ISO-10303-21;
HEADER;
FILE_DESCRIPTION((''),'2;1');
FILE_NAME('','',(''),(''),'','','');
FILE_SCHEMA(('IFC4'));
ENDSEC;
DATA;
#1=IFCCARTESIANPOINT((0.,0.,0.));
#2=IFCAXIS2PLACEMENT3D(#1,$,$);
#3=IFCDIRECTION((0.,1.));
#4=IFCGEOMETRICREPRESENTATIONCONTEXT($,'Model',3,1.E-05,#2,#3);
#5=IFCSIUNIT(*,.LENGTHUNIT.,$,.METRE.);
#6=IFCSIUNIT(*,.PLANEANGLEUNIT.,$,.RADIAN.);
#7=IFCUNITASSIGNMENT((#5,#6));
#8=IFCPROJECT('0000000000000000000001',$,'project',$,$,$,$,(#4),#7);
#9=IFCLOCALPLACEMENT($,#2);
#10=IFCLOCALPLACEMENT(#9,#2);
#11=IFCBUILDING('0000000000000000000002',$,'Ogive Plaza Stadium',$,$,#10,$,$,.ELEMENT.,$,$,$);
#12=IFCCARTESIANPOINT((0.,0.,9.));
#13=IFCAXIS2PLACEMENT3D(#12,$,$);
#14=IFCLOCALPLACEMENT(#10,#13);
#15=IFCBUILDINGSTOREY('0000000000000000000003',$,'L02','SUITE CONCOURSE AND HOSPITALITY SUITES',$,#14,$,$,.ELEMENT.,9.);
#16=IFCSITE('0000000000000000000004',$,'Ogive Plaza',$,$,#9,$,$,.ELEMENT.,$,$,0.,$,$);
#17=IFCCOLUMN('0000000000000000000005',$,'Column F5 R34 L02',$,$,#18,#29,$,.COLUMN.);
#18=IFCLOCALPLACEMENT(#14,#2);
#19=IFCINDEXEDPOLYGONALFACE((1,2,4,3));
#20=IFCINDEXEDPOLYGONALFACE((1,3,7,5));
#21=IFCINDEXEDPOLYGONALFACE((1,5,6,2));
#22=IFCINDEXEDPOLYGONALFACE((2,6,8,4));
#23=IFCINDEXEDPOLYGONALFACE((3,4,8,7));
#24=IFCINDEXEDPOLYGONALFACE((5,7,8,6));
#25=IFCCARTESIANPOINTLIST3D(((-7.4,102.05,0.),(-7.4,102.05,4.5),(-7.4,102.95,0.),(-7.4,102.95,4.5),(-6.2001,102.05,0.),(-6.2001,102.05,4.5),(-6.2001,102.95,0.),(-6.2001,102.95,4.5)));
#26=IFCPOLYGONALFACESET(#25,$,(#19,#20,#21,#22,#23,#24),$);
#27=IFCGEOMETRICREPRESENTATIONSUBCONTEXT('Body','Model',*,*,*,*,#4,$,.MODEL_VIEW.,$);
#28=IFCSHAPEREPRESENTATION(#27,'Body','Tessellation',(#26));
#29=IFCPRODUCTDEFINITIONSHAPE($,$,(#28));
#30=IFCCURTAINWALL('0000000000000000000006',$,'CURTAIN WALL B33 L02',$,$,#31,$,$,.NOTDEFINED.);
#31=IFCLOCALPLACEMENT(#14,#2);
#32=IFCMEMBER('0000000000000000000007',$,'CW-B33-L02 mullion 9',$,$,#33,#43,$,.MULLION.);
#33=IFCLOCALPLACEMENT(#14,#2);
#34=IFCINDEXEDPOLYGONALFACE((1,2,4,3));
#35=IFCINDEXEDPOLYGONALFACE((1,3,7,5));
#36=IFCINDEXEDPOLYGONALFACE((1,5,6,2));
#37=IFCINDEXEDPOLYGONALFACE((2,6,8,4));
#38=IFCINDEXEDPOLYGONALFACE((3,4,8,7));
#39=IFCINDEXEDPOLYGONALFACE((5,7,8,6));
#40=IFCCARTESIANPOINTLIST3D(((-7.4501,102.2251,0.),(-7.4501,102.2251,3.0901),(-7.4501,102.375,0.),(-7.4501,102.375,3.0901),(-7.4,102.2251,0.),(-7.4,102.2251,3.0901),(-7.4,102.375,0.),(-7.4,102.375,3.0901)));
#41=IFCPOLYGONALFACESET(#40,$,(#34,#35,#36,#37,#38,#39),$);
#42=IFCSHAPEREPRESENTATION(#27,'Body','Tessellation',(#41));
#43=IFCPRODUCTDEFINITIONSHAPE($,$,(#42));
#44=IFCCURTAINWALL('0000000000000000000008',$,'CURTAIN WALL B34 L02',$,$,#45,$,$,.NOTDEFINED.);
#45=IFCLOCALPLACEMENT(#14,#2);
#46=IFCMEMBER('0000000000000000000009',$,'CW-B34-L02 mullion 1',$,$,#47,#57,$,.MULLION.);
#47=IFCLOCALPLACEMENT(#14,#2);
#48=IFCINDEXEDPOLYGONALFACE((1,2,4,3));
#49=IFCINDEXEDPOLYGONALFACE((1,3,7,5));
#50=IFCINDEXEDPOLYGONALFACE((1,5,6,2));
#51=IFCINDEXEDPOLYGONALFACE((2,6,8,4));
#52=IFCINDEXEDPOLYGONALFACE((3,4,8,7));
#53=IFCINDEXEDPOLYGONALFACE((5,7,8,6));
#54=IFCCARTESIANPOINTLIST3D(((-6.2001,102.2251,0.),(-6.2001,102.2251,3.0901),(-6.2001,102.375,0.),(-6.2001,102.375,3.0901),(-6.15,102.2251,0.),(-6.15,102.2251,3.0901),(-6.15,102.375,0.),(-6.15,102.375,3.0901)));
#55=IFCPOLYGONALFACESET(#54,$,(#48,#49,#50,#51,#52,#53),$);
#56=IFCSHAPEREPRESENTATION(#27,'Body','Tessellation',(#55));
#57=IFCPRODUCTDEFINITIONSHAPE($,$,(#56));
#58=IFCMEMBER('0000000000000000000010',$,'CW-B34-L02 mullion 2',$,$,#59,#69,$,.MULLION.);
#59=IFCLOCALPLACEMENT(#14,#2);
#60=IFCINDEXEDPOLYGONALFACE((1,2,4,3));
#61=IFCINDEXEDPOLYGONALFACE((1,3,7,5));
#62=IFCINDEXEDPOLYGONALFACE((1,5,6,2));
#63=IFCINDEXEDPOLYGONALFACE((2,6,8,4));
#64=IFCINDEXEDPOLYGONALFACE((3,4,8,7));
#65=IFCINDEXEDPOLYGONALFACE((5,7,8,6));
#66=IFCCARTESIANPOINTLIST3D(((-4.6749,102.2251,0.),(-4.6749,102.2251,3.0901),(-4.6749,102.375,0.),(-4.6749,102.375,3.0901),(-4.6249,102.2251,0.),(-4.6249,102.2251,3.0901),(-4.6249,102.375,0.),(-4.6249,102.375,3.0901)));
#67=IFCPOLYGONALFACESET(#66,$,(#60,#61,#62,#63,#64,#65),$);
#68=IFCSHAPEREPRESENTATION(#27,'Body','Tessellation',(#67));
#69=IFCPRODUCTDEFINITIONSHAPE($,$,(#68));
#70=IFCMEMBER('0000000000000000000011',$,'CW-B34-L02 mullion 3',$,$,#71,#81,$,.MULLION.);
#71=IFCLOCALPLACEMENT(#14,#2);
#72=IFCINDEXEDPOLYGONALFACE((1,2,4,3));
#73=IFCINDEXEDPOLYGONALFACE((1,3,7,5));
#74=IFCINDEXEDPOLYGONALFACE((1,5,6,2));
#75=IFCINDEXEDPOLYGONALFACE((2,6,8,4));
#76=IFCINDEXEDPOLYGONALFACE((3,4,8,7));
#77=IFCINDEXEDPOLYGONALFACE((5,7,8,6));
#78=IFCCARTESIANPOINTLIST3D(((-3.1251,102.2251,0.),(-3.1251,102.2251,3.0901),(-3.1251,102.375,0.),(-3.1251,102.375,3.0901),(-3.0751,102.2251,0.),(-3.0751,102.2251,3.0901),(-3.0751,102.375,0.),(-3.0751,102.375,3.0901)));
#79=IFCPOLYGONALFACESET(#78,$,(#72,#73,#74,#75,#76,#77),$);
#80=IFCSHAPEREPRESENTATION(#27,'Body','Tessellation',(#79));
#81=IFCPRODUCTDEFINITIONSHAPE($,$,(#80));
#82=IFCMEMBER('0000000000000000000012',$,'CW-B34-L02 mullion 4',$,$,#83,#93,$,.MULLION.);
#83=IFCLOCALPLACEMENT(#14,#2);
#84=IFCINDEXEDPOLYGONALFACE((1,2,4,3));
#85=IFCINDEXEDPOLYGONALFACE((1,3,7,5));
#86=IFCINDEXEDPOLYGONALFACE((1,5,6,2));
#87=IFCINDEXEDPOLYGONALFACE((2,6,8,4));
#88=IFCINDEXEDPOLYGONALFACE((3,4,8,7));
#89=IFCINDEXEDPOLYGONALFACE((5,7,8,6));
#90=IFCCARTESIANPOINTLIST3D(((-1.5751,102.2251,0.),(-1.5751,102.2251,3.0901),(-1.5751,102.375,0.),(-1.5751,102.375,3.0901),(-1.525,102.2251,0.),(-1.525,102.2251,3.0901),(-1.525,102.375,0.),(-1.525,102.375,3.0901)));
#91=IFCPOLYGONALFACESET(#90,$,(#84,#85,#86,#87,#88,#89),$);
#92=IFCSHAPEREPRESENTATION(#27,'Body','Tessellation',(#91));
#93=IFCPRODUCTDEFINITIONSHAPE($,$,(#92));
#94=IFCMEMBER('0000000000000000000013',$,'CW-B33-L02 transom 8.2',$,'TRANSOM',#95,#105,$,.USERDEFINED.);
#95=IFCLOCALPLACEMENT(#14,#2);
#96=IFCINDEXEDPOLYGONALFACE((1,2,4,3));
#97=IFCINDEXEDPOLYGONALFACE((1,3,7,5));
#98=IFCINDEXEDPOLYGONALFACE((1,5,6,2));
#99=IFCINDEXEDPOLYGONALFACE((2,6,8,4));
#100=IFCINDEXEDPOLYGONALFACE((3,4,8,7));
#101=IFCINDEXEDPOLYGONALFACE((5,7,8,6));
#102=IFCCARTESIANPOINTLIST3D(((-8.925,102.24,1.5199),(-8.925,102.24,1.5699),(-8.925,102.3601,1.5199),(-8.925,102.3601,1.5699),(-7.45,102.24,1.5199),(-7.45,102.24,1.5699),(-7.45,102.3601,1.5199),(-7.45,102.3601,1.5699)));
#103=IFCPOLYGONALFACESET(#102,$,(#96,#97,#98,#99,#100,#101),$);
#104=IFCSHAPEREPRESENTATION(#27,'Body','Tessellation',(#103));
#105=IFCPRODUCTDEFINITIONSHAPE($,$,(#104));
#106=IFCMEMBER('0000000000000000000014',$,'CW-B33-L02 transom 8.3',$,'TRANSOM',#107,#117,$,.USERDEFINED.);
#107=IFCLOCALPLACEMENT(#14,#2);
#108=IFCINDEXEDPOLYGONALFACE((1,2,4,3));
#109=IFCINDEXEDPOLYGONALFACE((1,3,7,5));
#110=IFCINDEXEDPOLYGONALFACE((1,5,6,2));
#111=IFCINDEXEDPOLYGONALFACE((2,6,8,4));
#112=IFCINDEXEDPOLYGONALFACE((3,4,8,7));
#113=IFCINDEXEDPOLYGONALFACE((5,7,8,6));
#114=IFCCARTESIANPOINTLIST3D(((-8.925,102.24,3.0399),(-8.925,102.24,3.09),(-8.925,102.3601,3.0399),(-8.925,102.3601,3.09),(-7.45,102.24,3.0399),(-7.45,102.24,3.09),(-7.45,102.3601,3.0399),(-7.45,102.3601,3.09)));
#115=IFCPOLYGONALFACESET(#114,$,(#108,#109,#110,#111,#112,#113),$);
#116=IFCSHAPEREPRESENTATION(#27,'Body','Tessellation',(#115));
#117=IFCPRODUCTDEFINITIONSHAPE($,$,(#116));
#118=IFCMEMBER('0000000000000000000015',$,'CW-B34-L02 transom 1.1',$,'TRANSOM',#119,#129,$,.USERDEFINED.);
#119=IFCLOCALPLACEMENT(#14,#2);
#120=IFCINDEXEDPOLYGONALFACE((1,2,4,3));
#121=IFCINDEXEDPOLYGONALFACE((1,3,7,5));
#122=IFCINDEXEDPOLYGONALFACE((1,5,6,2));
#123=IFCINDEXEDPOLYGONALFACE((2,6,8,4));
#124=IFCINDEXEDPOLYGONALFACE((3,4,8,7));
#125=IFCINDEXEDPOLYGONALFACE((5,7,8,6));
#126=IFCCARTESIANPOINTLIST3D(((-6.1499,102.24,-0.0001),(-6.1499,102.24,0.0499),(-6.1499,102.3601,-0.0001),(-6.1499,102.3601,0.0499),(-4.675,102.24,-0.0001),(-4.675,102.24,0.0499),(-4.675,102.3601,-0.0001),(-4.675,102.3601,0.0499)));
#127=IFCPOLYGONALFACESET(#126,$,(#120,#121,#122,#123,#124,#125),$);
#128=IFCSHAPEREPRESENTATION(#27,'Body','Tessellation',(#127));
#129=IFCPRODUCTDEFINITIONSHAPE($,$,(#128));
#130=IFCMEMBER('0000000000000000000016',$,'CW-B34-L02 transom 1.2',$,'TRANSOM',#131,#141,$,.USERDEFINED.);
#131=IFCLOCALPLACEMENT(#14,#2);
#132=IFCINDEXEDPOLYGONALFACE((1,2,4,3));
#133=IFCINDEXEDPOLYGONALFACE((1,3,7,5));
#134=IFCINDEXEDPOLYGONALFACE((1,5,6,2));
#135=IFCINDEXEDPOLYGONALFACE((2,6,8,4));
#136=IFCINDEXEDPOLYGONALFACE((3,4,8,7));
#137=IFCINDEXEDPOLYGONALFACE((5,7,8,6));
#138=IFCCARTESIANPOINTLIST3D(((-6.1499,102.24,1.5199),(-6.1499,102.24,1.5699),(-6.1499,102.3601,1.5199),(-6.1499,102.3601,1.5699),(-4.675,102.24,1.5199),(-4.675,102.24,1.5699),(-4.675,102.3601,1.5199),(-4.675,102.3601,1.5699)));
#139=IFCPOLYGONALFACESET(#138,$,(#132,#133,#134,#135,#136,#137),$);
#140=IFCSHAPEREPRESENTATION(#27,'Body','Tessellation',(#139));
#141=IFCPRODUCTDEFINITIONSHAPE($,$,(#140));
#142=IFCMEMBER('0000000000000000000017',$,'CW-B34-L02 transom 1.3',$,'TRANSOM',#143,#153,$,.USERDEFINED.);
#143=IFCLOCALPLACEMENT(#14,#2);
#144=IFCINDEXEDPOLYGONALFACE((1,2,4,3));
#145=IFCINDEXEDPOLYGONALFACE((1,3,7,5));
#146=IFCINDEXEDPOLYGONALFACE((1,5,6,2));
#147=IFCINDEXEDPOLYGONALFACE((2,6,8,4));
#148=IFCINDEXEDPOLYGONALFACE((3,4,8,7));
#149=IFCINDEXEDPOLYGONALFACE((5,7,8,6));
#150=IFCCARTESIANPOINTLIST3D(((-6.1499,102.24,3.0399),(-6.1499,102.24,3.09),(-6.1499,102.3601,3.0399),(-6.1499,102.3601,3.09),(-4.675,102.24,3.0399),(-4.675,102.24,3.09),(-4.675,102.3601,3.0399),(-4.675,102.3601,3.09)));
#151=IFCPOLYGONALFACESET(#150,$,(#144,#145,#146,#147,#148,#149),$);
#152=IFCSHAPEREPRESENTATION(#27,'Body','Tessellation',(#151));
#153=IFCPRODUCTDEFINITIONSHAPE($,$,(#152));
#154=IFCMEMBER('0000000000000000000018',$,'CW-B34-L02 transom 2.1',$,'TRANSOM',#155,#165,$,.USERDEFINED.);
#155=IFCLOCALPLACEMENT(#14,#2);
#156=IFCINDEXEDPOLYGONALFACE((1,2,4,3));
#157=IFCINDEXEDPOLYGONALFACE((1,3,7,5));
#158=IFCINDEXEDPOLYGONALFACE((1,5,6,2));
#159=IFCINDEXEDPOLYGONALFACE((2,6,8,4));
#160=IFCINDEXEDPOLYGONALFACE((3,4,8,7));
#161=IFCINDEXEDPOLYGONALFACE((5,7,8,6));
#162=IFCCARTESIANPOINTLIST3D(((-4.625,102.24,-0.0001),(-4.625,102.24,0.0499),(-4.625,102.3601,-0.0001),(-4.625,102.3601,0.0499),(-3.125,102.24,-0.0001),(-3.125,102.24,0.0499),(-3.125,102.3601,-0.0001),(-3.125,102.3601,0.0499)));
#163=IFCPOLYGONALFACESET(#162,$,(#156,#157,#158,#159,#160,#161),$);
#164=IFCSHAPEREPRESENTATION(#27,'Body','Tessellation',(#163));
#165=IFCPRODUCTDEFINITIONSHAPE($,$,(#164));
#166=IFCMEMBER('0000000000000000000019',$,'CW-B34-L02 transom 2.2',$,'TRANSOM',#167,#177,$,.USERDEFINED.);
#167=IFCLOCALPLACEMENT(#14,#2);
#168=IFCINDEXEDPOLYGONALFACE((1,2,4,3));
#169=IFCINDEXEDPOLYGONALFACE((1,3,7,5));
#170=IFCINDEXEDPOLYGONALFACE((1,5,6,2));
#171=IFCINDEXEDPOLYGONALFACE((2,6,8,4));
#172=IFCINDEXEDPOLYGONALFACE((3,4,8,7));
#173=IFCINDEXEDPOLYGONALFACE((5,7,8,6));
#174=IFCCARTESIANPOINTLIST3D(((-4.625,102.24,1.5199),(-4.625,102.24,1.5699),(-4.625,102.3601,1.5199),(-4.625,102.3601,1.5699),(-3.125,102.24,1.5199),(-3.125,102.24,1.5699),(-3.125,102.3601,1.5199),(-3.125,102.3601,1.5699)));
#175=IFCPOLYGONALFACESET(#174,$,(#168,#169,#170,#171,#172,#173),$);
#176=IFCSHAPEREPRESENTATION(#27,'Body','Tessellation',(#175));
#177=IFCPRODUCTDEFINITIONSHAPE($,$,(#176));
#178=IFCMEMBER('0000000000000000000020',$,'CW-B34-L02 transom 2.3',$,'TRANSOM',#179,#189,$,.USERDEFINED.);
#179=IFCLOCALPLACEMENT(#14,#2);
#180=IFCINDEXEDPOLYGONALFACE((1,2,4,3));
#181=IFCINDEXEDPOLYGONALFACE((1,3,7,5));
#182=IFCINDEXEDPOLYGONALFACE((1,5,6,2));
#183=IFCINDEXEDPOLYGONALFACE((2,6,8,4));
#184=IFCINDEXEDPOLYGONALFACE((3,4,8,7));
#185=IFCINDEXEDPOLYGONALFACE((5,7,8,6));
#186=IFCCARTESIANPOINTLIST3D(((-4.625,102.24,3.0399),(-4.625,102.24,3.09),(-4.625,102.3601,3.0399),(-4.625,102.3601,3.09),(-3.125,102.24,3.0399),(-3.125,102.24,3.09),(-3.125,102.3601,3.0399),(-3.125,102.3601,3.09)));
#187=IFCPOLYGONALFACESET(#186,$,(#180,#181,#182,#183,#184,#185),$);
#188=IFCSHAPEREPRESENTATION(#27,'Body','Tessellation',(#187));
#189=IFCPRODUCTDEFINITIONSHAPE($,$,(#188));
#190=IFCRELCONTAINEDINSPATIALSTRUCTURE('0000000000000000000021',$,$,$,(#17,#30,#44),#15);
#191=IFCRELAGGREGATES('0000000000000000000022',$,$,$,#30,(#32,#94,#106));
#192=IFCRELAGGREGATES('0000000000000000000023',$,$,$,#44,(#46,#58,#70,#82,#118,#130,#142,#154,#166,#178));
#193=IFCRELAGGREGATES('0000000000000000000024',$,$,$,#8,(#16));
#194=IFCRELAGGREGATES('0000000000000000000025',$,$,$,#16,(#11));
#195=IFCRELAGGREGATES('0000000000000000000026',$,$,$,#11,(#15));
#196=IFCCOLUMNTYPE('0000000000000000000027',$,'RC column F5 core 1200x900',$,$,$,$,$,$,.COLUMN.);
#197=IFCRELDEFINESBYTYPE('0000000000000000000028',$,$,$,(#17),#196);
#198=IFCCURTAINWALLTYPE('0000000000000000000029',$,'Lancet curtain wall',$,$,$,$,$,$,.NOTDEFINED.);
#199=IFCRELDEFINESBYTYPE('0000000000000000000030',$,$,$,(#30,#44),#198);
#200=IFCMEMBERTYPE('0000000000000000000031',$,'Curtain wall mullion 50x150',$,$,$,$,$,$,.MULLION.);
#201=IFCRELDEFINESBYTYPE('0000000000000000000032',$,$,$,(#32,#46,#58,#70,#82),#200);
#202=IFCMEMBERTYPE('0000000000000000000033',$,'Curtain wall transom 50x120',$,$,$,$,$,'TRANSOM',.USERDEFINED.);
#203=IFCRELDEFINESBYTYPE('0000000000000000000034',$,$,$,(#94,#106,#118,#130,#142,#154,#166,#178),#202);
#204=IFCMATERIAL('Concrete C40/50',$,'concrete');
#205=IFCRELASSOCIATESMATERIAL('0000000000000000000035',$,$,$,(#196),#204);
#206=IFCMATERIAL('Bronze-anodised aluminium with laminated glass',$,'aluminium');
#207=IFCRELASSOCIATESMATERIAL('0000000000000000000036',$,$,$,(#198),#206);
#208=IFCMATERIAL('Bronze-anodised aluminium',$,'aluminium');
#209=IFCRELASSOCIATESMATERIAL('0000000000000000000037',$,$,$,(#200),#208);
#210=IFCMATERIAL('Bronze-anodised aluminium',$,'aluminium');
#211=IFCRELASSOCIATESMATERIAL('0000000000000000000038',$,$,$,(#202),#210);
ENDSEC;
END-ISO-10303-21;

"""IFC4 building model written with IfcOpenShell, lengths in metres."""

from ifc_helpers import new_model, si_unit, direction, frame, origin, origin_2d, place, context, subcontext, project, spatial, rectangle, extrude, material, material_profile, profile_set, type_object, element, aggregate, save


model = new_model("IFC4")

# Units and contexts
model_context = context("Model", 3, precision=1e-05, world=origin(), true_north=direction((0.0, 1.0)))
body_context = subcontext(model_context, "Body", "Model", "MODEL_VIEW")
ifc_project = project(units=[si_unit("LENGTHUNIT", "METRE"), si_unit("PLANEANGLEUNIT", "RADIAN")], contexts=[model_context])

# Site, building, storey
site_placement = place(None, origin())
site = spatial("IfcSite", under=ifc_project, at=site_placement, Name="Ogive Plaza", CompositionType="ELEMENT", RefElevation=0.0)
building_placement = place(site_placement, origin())
building = spatial("IfcBuilding", under=site, at=building_placement, Name="Ogive Plaza Stadium", CompositionType="ELEMENT")
storey_placement = place(building_placement, frame((0.0, 0.0, 9.0)))
storey = spatial("IfcBuildingStorey", under=building, at=storey_placement, Name="L02", Description="SUITE CONCOURSE AND HOSPITALITY SUITES", CompositionType="ELEMENT", Elevation=9.0)

# Column
ifc_material_1 = material(Name="Concrete C40/50", Category="concrete")
ifc_material_profile_1 = material_profile(ifc_material_1, rectangle(XDim=1.2, YDim=0.8999, at=origin_2d()), Name="RC 1200x900")
ifc_profile_set_1 = profile_set([ifc_material_profile_1], Name="Concrete C40/50")
column_type = type_object("IfcColumnType", Name="RC column F5 core 1200x900", PredefinedType="COLUMN", material=ifc_profile_set_1)
column_placement = place(storey_placement, frame((-6.8, 102.5, 0.0), z_axis=(0.0, 0.0, 1.0), x_axis=(-1.0, 0.0, 0.0)))
element("IfcColumn", 1, at=column_placement, inside=storey, type_object=column_type, Name="Column F5 R34 L02", PredefinedType="COLUMN", context=body_context, shape_type="SweptSolid", body=[
    extrude(rectangle(XDim=1.2, YDim=0.8999, at=origin_2d()), origin(), (0.0, 0.0, 1.0), 4.5),
])

# Curtain wall, member
ifc_material_2 = material(Name="Bronze-anodised aluminium with laminated glass", Category="aluminium")
curtain_wall_type = type_object("IfcCurtainWallType", Name="Lancet curtain wall", PredefinedType="NOTDEFINED", material=ifc_material_2)
curtain_wall_1_placement = place(storey_placement, origin())
curtain_wall_1 = element("IfcCurtainWall", 2, at=curtain_wall_1_placement, inside=storey, type_object=curtain_wall_type, Name="CURTAIN WALL B33 L02", PredefinedType="NOTDEFINED")
ifc_material_3 = material(Name="Bronze-anodised aluminium", Category="aluminium")
ifc_material_profile_2 = material_profile(ifc_material_3, rectangle(XDim=0.1499, YDim=0.05, at=origin_2d()), Name="AL 150x50")
ifc_profile_set_2 = profile_set([ifc_material_profile_2], Name="Bronze-anodised aluminium")
member_type_1 = type_object("IfcMemberType", Name="Curtain wall mullion 50x150", PredefinedType="MULLION", material=ifc_profile_set_2)
member_1_placement = place(storey_placement, frame((-7.425, 102.3, 0.0), z_axis=(0.0, 0.0, 1.0), x_axis=(0.0, 1.0, 0.0)))
member_1 = element("IfcMember", 3, at=member_1_placement, type_object=member_type_1, Name="CW-B33-L02 mullion 9", PredefinedType="MULLION", context=body_context, shape_type="SweptSolid", body=[
    extrude(rectangle(XDim=0.1499, YDim=0.05, at=origin_2d()), origin(), (0.0, 0.0, 1.0), 3.0901),
])

# Curtain wall, members
curtain_wall_2_placement = place(storey_placement, origin())
curtain_wall_2 = element("IfcCurtainWall", 4, at=curtain_wall_2_placement, inside=storey, type_object=curtain_wall_type, Name="CURTAIN WALL B34 L02", PredefinedType="NOTDEFINED")
member_2_placement = place(storey_placement, frame((-6.175, 102.3, 0.0), z_axis=(0.0, 0.0, 1.0), x_axis=(0.0, 1.0, 0.0)))
member_2 = element("IfcMember", 5, at=member_2_placement, type_object=member_type_1, Name="CW-B34-L02 mullion 1", PredefinedType="MULLION", context=body_context, shape_type="SweptSolid", body=[
    extrude(rectangle(XDim=0.1499, YDim=0.05, at=origin_2d()), origin(), (0.0, 0.0, 1.0), 3.0901),
])
member_3_placement = place(storey_placement, frame((-4.6499, 102.3, 0.0), z_axis=(0.0, 0.0, 1.0), x_axis=(0.0, 1.0, 0.0)))
member_3 = element("IfcMember", 6, at=member_3_placement, type_object=member_type_1, Name="CW-B34-L02 mullion 2", PredefinedType="MULLION", context=body_context, shape_type="SweptSolid", body=[
    extrude(rectangle(XDim=0.1499, YDim=0.05, at=origin_2d()), origin(), (0.0, 0.0, 1.0), 3.0901),
])
member_4_placement = place(storey_placement, frame((-3.1001, 102.3, 0.0), z_axis=(0.0, 0.0, 1.0), x_axis=(0.0, 1.0, 0.0)))
member_4 = element("IfcMember", 7, at=member_4_placement, type_object=member_type_1, Name="CW-B34-L02 mullion 3", PredefinedType="MULLION", context=body_context, shape_type="SweptSolid", body=[
    extrude(rectangle(XDim=0.1499, YDim=0.05, at=origin_2d()), origin(), (0.0, 0.0, 1.0), 3.0901),
])
member_5_placement = place(storey_placement, frame((-1.55, 102.3, 0.0), z_axis=(0.0, 0.0, 1.0), x_axis=(0.0, 1.0, 0.0)))
member_5 = element("IfcMember", 8, at=member_5_placement, type_object=member_type_1, Name="CW-B34-L02 mullion 4", PredefinedType="MULLION", context=body_context, shape_type="SweptSolid", body=[
    extrude(rectangle(XDim=0.1499, YDim=0.05, at=origin_2d()), origin(), (0.0, 0.0, 1.0), 3.0901),
])

# Members
ifc_material_4 = material(Name="Bronze-anodised aluminium", Category="aluminium")
ifc_material_profile_3 = material_profile(ifc_material_4, rectangle(XDim=0.1201, YDim=0.05, at=origin_2d()), Name="AL 120x50")
ifc_profile_set_3 = profile_set([ifc_material_profile_3], Name="Bronze-anodised aluminium")
member_type_2 = type_object("IfcMemberType", Name="Curtain wall transom 50x120", ElementType="TRANSOM", PredefinedType="USERDEFINED", material=ifc_profile_set_3)
member_6_placement = place(storey_placement, frame((-8.925, 102.3, 1.5449), z_axis=(1.0, 0.0, 0.0), x_axis=(0.0, 1.0, 0.0)))
member_6 = element("IfcMember", 9, at=member_6_placement, type_object=member_type_2, Name="CW-B33-L02 transom 8.2", ObjectType="TRANSOM", PredefinedType="USERDEFINED", context=body_context, shape_type="SweptSolid", body=[
    extrude(rectangle(XDim=0.1201, YDim=0.05, at=origin_2d()), origin(), (0.0, 0.0, 1.0), 1.4751),
])
member_7_placement = place(storey_placement, frame((-8.925, 102.3, 3.0649), z_axis=(1.0, 0.0, 0.0), x_axis=(0.0, 1.0, 0.0)))
member_7 = element("IfcMember", 10, at=member_7_placement, type_object=member_type_2, Name="CW-B33-L02 transom 8.3", ObjectType="TRANSOM", PredefinedType="USERDEFINED", context=body_context, shape_type="SweptSolid", body=[
    extrude(rectangle(XDim=0.1201, YDim=0.05, at=origin_2d()), origin(), (0.0, 0.0, 1.0), 1.4751),
])
member_8_placement = place(storey_placement, frame((-6.1499, 102.3, 0.0249), z_axis=(1.0, 0.0, 0.0), x_axis=(0.0, 1.0, 0.0)))
member_8 = element("IfcMember", 11, at=member_8_placement, type_object=member_type_2, Name="CW-B34-L02 transom 1.1", ObjectType="TRANSOM", PredefinedType="USERDEFINED", context=body_context, shape_type="SweptSolid", body=[
    extrude(rectangle(XDim=0.1201, YDim=0.05, at=origin_2d()), origin(), (0.0, 0.0, 1.0), 1.4749),
])
member_9_placement = place(storey_placement, frame((-6.1499, 102.3, 1.5449), z_axis=(1.0, 0.0, 0.0), x_axis=(0.0, 1.0, 0.0)))
member_9 = element("IfcMember", 12, at=member_9_placement, type_object=member_type_2, Name="CW-B34-L02 transom 1.2", ObjectType="TRANSOM", PredefinedType="USERDEFINED", context=body_context, shape_type="SweptSolid", body=[
    extrude(rectangle(XDim=0.1201, YDim=0.05, at=origin_2d()), origin(), (0.0, 0.0, 1.0), 1.4749),
])
member_10_placement = place(storey_placement, frame((-6.1499, 102.3, 3.0649), z_axis=(1.0, 0.0, 0.0), x_axis=(0.0, 1.0, 0.0)))
member_10 = element("IfcMember", 13, at=member_10_placement, type_object=member_type_2, Name="CW-B34-L02 transom 1.3", ObjectType="TRANSOM", PredefinedType="USERDEFINED", context=body_context, shape_type="SweptSolid", body=[
    extrude(rectangle(XDim=0.1201, YDim=0.05, at=origin_2d()), origin(), (0.0, 0.0, 1.0), 1.4749),
])
member_11_placement = place(storey_placement, frame((-4.625, 102.3, 0.0249), z_axis=(1.0, 0.0, 0.0), x_axis=(0.0, 1.0, 0.0)))
member_11 = element("IfcMember", 14, at=member_11_placement, type_object=member_type_2, Name="CW-B34-L02 transom 2.1", ObjectType="TRANSOM", PredefinedType="USERDEFINED", context=body_context, shape_type="SweptSolid", body=[
    extrude(rectangle(XDim=0.1201, YDim=0.05, at=origin_2d()), origin(), (0.0, 0.0, 1.0), 1.5),
])
member_12_placement = place(storey_placement, frame((-4.625, 102.3, 1.5449), z_axis=(1.0, 0.0, 0.0), x_axis=(0.0, 1.0, 0.0)))
member_12 = element("IfcMember", 15, at=member_12_placement, type_object=member_type_2, Name="CW-B34-L02 transom 2.2", ObjectType="TRANSOM", PredefinedType="USERDEFINED", context=body_context, shape_type="SweptSolid", body=[
    extrude(rectangle(XDim=0.1201, YDim=0.05, at=origin_2d()), origin(), (0.0, 0.0, 1.0), 1.5),
])
member_13_placement = place(storey_placement, frame((-4.625, 102.3, 3.0649), z_axis=(1.0, 0.0, 0.0), x_axis=(0.0, 1.0, 0.0)))
member_13 = element("IfcMember", 16, at=member_13_placement, type_object=member_type_2, Name="CW-B34-L02 transom 2.3", ObjectType="TRANSOM", PredefinedType="USERDEFINED", context=body_context, shape_type="SweptSolid", body=[
    extrude(rectangle(XDim=0.1201, YDim=0.05, at=origin_2d()), origin(), (0.0, 0.0, 1.0), 1.5),
])

aggregate(curtain_wall_1, [member_1, member_6, member_7])
aggregate(curtain_wall_2, [member_2, member_3, member_4, member_5, member_8, member_9, member_10, member_11, member_12, member_13])

save(model, "model.ifc")
